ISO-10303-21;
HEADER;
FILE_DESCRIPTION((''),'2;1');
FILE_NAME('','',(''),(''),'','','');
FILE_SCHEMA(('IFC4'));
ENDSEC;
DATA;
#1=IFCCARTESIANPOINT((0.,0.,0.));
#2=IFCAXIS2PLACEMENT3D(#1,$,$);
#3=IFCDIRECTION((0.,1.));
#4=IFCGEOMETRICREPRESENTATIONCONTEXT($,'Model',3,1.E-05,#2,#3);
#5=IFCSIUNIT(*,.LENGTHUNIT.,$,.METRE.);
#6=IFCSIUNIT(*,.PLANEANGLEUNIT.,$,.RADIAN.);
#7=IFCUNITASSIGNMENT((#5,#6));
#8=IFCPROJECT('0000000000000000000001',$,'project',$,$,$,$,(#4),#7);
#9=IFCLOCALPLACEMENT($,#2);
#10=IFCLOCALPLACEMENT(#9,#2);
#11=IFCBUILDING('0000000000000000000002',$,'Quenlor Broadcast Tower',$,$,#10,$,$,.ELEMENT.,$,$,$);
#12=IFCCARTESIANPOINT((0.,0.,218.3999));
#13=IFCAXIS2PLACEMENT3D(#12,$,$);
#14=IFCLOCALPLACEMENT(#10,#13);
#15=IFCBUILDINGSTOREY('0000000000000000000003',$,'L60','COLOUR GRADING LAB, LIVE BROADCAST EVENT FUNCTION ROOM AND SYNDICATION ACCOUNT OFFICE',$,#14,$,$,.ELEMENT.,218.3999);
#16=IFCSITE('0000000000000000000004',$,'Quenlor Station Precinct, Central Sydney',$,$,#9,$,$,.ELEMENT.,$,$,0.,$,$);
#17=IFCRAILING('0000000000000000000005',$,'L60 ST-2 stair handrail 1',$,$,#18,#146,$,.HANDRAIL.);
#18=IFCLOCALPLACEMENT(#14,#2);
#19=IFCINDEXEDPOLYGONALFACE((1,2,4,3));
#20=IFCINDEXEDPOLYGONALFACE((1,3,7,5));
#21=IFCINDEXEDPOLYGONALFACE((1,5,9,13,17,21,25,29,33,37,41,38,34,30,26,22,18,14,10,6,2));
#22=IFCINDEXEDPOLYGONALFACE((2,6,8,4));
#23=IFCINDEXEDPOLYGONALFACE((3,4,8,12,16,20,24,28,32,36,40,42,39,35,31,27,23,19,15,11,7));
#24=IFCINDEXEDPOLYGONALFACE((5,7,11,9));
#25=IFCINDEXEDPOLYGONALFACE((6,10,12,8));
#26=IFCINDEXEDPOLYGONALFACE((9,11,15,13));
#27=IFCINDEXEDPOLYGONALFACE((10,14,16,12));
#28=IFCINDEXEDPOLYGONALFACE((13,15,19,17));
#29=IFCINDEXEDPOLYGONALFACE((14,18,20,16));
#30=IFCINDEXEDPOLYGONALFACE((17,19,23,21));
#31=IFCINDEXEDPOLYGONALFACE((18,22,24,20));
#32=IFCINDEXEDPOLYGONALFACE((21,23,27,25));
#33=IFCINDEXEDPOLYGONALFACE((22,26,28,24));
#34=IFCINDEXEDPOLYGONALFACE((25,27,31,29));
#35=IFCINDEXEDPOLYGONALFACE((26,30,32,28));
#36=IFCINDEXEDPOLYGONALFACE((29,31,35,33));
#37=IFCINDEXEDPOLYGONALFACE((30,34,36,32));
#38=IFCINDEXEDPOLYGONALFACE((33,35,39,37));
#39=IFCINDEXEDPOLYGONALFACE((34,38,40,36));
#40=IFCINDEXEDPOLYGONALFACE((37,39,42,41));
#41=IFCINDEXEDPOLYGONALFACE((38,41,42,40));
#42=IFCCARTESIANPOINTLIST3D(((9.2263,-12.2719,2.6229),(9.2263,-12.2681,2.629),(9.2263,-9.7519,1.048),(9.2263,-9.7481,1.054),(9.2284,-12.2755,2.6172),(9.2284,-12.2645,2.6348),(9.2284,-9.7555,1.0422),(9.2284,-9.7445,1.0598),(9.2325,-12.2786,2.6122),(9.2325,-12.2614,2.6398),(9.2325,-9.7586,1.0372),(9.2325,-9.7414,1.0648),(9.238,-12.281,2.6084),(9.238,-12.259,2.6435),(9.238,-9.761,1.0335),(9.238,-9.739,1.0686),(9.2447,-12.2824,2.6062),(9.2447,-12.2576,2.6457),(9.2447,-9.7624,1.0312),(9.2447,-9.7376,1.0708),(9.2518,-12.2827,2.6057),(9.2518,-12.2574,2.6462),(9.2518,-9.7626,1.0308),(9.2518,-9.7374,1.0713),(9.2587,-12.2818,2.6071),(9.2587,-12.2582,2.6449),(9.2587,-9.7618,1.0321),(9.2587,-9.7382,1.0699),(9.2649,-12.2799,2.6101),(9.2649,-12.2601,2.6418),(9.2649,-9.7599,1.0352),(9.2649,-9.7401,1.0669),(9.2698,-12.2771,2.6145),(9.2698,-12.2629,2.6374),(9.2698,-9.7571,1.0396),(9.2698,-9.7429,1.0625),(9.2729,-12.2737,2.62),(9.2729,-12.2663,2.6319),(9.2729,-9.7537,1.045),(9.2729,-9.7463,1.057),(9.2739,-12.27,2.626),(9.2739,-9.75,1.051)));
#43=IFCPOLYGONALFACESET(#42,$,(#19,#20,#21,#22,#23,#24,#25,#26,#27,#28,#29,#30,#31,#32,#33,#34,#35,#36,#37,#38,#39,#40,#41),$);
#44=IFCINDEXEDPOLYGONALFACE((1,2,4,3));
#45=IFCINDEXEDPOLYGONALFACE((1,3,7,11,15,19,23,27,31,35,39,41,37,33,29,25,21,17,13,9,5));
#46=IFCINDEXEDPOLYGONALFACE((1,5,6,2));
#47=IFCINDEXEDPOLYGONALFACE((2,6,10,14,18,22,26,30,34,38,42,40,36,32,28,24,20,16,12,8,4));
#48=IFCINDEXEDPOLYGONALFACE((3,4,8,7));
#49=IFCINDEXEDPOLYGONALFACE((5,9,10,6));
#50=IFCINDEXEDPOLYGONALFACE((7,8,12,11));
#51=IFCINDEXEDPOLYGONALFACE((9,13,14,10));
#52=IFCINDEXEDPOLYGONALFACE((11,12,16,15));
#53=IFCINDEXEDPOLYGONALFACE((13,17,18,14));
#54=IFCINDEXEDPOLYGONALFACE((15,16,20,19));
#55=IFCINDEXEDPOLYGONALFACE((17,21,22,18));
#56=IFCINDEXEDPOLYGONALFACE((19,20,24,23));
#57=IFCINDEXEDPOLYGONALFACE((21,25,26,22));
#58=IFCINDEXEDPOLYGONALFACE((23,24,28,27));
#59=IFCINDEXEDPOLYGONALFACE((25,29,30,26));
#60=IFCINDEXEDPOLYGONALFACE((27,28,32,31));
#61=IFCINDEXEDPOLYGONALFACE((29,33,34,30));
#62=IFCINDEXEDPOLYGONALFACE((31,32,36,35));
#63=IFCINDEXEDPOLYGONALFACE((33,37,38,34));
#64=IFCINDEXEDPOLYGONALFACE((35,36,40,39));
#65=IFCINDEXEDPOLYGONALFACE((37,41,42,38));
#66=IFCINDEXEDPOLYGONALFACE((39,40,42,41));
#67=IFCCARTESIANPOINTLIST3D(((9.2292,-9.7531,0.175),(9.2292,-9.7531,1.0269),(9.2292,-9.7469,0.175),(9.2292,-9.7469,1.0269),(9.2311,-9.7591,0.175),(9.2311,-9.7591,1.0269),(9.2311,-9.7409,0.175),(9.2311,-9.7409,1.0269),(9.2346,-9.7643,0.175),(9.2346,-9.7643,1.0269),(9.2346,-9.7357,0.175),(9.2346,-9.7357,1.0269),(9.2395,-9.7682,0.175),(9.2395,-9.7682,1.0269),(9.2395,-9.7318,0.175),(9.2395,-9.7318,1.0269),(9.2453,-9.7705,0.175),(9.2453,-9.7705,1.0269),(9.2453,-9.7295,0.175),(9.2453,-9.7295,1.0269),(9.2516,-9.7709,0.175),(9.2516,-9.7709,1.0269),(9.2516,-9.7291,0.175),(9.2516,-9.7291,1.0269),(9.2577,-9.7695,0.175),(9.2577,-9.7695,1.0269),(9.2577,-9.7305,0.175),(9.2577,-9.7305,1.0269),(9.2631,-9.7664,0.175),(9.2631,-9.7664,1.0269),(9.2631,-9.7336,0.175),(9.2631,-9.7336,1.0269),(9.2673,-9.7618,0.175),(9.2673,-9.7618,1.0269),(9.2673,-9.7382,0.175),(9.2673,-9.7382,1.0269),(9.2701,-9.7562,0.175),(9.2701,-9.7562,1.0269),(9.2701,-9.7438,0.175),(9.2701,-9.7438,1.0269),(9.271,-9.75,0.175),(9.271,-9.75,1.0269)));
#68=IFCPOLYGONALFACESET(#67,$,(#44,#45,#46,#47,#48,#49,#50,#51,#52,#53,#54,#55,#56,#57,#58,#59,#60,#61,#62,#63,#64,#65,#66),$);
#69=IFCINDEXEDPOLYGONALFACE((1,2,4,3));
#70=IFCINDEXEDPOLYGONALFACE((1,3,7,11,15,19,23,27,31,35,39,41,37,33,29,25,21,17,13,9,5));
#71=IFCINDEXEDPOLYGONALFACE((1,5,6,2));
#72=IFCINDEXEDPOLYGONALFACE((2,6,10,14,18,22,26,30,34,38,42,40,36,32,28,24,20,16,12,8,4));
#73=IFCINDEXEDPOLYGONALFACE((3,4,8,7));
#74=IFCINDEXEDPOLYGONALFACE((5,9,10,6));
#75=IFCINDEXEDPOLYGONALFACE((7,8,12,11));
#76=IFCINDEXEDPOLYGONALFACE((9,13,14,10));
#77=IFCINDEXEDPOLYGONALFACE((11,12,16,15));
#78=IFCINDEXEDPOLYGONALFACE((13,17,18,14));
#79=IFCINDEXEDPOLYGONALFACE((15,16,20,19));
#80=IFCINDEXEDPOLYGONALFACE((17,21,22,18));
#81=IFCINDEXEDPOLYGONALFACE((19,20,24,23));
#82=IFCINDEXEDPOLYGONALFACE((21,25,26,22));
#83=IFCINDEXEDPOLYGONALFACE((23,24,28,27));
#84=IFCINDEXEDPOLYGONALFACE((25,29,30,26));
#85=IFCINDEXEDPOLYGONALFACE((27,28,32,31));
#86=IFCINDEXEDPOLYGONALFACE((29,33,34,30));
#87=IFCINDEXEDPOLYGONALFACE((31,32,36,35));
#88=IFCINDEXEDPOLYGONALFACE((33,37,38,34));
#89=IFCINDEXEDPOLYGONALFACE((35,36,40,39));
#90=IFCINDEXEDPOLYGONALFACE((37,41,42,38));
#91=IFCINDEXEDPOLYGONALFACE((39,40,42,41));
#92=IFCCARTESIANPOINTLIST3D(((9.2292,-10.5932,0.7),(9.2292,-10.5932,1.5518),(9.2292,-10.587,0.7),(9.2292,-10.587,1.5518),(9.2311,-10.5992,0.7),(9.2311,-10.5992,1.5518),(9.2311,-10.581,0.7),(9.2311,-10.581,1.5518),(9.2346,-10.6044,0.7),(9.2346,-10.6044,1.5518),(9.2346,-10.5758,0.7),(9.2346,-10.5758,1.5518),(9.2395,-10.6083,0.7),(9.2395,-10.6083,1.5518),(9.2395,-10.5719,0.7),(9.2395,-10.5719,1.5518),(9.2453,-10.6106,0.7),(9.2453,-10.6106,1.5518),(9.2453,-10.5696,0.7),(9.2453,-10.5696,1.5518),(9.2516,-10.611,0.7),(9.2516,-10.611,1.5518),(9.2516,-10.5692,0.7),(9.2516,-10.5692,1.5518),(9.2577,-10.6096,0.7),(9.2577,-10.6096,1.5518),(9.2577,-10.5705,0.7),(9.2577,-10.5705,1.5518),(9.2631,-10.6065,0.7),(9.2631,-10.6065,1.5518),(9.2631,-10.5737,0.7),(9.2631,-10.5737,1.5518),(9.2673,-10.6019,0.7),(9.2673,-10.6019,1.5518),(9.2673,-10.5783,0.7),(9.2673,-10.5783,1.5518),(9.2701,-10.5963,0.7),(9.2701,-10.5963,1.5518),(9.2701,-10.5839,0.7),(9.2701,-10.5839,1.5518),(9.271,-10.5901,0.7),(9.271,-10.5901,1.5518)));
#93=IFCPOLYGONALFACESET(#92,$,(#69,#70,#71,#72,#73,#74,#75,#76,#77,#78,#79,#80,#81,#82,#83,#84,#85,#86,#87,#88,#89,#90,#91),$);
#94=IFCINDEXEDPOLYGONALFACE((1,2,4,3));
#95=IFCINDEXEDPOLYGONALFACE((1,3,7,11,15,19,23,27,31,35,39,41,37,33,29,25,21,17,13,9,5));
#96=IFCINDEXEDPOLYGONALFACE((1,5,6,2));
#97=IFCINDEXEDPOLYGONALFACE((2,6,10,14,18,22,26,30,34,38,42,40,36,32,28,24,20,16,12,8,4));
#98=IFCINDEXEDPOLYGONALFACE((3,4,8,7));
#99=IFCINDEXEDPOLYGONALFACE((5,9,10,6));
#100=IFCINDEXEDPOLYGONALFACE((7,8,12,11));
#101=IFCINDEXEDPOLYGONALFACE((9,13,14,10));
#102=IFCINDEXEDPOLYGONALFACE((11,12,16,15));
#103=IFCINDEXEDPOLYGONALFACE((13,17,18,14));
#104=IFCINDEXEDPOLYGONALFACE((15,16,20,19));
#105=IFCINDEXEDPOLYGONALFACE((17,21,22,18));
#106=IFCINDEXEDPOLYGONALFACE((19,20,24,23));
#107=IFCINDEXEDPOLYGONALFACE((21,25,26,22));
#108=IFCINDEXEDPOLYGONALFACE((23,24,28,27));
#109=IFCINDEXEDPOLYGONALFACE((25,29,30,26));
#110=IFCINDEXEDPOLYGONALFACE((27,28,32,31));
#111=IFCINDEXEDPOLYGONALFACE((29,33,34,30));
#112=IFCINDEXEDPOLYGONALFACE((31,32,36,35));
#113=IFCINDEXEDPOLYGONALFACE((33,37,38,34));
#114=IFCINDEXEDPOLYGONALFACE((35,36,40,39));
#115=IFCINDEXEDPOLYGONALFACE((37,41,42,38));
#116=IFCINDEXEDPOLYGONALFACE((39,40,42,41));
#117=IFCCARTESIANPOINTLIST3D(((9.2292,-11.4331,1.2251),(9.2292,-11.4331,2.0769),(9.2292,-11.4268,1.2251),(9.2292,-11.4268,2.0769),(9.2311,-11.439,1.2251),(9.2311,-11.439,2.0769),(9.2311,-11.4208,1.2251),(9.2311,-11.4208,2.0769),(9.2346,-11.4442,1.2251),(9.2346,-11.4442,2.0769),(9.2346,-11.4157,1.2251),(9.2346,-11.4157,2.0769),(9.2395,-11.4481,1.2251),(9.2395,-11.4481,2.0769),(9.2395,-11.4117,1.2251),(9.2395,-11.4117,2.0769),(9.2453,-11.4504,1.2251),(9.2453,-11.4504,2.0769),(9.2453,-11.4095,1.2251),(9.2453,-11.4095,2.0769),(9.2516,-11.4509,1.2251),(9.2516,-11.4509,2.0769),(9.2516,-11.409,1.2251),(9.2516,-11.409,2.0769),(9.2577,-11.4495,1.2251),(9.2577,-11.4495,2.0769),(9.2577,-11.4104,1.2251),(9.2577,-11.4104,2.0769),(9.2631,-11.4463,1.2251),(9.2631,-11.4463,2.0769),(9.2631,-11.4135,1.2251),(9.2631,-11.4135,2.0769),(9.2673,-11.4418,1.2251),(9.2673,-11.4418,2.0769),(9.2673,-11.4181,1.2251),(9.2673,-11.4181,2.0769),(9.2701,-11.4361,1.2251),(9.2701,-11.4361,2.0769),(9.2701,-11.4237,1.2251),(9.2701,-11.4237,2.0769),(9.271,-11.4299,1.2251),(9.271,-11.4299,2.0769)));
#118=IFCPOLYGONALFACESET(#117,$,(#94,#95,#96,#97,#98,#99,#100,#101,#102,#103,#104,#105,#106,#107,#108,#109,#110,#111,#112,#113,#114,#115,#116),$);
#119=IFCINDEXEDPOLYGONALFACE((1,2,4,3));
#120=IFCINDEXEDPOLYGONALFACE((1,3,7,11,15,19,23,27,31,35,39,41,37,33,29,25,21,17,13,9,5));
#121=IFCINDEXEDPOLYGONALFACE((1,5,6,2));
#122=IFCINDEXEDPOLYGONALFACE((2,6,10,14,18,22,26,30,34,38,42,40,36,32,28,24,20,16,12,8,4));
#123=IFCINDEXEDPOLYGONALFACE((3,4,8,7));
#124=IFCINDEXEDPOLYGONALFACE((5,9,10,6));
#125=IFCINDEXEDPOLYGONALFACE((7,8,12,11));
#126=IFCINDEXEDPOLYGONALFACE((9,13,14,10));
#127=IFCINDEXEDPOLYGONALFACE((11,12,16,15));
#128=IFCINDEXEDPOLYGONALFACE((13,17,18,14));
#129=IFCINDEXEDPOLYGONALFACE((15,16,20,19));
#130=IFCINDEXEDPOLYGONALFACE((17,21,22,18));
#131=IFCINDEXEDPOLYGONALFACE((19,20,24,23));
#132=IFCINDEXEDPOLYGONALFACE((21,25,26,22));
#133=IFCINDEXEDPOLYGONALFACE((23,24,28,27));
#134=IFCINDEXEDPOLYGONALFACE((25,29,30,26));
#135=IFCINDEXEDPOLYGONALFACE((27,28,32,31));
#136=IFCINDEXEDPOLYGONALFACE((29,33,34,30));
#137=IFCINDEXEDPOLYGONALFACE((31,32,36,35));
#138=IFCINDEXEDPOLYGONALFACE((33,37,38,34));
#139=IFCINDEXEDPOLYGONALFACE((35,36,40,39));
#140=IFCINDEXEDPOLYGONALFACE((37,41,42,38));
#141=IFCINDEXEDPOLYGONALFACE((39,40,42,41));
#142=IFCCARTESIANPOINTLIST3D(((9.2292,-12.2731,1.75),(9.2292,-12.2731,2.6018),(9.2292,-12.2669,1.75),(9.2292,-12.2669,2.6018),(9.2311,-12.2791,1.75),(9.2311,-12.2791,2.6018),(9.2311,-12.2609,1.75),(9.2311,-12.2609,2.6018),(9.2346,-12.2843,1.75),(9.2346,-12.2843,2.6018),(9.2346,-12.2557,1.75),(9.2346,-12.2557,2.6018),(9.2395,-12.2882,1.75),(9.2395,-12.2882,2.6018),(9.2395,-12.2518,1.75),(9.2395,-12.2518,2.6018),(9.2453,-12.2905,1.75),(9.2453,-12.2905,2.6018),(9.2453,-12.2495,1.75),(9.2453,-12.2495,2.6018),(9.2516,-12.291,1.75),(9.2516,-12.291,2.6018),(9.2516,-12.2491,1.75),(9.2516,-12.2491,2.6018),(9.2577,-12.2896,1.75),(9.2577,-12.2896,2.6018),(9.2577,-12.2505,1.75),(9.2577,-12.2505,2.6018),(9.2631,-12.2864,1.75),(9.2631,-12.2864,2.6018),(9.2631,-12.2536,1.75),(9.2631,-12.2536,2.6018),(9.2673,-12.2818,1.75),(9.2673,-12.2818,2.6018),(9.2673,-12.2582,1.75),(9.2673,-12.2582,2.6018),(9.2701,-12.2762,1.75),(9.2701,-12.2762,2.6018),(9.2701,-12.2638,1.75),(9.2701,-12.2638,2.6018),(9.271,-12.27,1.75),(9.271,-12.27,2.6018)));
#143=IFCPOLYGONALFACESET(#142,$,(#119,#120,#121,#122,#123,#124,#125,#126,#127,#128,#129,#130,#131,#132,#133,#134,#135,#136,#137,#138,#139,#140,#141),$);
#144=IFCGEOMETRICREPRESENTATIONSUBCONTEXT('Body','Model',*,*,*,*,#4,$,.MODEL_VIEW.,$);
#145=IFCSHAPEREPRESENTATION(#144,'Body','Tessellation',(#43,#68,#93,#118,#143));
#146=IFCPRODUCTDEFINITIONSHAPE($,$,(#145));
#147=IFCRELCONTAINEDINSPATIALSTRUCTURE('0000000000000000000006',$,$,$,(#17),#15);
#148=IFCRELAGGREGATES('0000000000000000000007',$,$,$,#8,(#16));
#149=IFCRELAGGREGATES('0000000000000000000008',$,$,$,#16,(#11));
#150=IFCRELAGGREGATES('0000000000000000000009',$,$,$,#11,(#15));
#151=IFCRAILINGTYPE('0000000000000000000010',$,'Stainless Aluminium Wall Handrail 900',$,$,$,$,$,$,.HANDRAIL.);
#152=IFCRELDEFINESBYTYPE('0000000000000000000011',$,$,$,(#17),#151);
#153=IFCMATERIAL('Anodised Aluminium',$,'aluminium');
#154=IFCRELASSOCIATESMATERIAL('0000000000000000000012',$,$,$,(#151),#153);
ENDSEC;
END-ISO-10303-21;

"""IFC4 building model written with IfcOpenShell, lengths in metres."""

from ifc_helpers import new_model, si_unit, direction, frame, origin, origin_2d, place, context, subcontext, project, spatial, circle, extrude, material, type_object, element, save


model = new_model("IFC4")

# Units and contexts
model_context = context("Model", 3, precision=1e-05, world=origin(), true_north=direction((0.0, 1.0)))
body_context = subcontext(model_context, "Body", "Model", "MODEL_VIEW")
ifc_project = project(units=[si_unit("LENGTHUNIT", "METRE"), si_unit("PLANEANGLEUNIT", "RADIAN")], contexts=[model_context])

# Site, building, storey
site_placement = place(None, origin())
site = spatial("IfcSite", under=ifc_project, at=site_placement, Name="Quenlor Station Precinct, Central Sydney", CompositionType="ELEMENT", RefElevation=0.0)
building_placement = place(site_placement, origin())
building = spatial("IfcBuilding", under=site, at=building_placement, Name="Quenlor Broadcast Tower", CompositionType="ELEMENT")
storey_placement = place(building_placement, frame((0.0, 0.0, 218.3999)))
storey = spatial("IfcBuildingStorey", under=building, at=storey_placement, Name="L60", Description="COLOUR GRADING LAB, LIVE BROADCAST EVENT FUNCTION ROOM AND SYNDICATION ACCOUNT OFFICE", CompositionType="ELEMENT", Elevation=218.3999)

# Railing
ifc_material_1 = material(Name="Anodised Aluminium", Category="aluminium")
railing_type_1 = type_object("IfcRailingType", Name="Stainless Aluminium Wall Handrail 900", PredefinedType="HANDRAIL", material=ifc_material_1)
railing_1_placement = place(storey_placement, frame((9.25, -9.75, 0.175)))
element("IfcRailing", 1, at=railing_1_placement, inside=storey, type_object=railing_type_1, Name="L60 ST-2 stair handrail 1", PredefinedType="HANDRAIL", context=body_context, shape_type="SweptSolid", body=[
    extrude(circle(Radius=0.0239, at=origin_2d()), frame((0.0, 0.0, 0.876), z_axis=(0.0, -0.848008, 0.529984), x_axis=(1.0, 0.0, 0.0)), (0.0, 0.0, 1.0), 2.9717),
    extrude(circle(Radius=0.021, at=origin_2d()), origin(), (0.0, 0.0, 1.0), 0.8518),
    extrude(circle(Radius=0.021, at=origin_2d()), frame((0.0, -0.8401, 0.5249)), (0.0, 0.0, 1.0), 0.8518),
    extrude(circle(Radius=0.021, at=origin_2d()), frame((0.0, -1.6799, 1.05)), (0.0, 0.0, 1.0), 0.8518),
    extrude(circle(Radius=0.021, at=origin_2d()), frame((0.0, -2.52, 1.575)), (0.0, 0.0, 1.0), 0.8518),
])

save(model, "model.ifc")
